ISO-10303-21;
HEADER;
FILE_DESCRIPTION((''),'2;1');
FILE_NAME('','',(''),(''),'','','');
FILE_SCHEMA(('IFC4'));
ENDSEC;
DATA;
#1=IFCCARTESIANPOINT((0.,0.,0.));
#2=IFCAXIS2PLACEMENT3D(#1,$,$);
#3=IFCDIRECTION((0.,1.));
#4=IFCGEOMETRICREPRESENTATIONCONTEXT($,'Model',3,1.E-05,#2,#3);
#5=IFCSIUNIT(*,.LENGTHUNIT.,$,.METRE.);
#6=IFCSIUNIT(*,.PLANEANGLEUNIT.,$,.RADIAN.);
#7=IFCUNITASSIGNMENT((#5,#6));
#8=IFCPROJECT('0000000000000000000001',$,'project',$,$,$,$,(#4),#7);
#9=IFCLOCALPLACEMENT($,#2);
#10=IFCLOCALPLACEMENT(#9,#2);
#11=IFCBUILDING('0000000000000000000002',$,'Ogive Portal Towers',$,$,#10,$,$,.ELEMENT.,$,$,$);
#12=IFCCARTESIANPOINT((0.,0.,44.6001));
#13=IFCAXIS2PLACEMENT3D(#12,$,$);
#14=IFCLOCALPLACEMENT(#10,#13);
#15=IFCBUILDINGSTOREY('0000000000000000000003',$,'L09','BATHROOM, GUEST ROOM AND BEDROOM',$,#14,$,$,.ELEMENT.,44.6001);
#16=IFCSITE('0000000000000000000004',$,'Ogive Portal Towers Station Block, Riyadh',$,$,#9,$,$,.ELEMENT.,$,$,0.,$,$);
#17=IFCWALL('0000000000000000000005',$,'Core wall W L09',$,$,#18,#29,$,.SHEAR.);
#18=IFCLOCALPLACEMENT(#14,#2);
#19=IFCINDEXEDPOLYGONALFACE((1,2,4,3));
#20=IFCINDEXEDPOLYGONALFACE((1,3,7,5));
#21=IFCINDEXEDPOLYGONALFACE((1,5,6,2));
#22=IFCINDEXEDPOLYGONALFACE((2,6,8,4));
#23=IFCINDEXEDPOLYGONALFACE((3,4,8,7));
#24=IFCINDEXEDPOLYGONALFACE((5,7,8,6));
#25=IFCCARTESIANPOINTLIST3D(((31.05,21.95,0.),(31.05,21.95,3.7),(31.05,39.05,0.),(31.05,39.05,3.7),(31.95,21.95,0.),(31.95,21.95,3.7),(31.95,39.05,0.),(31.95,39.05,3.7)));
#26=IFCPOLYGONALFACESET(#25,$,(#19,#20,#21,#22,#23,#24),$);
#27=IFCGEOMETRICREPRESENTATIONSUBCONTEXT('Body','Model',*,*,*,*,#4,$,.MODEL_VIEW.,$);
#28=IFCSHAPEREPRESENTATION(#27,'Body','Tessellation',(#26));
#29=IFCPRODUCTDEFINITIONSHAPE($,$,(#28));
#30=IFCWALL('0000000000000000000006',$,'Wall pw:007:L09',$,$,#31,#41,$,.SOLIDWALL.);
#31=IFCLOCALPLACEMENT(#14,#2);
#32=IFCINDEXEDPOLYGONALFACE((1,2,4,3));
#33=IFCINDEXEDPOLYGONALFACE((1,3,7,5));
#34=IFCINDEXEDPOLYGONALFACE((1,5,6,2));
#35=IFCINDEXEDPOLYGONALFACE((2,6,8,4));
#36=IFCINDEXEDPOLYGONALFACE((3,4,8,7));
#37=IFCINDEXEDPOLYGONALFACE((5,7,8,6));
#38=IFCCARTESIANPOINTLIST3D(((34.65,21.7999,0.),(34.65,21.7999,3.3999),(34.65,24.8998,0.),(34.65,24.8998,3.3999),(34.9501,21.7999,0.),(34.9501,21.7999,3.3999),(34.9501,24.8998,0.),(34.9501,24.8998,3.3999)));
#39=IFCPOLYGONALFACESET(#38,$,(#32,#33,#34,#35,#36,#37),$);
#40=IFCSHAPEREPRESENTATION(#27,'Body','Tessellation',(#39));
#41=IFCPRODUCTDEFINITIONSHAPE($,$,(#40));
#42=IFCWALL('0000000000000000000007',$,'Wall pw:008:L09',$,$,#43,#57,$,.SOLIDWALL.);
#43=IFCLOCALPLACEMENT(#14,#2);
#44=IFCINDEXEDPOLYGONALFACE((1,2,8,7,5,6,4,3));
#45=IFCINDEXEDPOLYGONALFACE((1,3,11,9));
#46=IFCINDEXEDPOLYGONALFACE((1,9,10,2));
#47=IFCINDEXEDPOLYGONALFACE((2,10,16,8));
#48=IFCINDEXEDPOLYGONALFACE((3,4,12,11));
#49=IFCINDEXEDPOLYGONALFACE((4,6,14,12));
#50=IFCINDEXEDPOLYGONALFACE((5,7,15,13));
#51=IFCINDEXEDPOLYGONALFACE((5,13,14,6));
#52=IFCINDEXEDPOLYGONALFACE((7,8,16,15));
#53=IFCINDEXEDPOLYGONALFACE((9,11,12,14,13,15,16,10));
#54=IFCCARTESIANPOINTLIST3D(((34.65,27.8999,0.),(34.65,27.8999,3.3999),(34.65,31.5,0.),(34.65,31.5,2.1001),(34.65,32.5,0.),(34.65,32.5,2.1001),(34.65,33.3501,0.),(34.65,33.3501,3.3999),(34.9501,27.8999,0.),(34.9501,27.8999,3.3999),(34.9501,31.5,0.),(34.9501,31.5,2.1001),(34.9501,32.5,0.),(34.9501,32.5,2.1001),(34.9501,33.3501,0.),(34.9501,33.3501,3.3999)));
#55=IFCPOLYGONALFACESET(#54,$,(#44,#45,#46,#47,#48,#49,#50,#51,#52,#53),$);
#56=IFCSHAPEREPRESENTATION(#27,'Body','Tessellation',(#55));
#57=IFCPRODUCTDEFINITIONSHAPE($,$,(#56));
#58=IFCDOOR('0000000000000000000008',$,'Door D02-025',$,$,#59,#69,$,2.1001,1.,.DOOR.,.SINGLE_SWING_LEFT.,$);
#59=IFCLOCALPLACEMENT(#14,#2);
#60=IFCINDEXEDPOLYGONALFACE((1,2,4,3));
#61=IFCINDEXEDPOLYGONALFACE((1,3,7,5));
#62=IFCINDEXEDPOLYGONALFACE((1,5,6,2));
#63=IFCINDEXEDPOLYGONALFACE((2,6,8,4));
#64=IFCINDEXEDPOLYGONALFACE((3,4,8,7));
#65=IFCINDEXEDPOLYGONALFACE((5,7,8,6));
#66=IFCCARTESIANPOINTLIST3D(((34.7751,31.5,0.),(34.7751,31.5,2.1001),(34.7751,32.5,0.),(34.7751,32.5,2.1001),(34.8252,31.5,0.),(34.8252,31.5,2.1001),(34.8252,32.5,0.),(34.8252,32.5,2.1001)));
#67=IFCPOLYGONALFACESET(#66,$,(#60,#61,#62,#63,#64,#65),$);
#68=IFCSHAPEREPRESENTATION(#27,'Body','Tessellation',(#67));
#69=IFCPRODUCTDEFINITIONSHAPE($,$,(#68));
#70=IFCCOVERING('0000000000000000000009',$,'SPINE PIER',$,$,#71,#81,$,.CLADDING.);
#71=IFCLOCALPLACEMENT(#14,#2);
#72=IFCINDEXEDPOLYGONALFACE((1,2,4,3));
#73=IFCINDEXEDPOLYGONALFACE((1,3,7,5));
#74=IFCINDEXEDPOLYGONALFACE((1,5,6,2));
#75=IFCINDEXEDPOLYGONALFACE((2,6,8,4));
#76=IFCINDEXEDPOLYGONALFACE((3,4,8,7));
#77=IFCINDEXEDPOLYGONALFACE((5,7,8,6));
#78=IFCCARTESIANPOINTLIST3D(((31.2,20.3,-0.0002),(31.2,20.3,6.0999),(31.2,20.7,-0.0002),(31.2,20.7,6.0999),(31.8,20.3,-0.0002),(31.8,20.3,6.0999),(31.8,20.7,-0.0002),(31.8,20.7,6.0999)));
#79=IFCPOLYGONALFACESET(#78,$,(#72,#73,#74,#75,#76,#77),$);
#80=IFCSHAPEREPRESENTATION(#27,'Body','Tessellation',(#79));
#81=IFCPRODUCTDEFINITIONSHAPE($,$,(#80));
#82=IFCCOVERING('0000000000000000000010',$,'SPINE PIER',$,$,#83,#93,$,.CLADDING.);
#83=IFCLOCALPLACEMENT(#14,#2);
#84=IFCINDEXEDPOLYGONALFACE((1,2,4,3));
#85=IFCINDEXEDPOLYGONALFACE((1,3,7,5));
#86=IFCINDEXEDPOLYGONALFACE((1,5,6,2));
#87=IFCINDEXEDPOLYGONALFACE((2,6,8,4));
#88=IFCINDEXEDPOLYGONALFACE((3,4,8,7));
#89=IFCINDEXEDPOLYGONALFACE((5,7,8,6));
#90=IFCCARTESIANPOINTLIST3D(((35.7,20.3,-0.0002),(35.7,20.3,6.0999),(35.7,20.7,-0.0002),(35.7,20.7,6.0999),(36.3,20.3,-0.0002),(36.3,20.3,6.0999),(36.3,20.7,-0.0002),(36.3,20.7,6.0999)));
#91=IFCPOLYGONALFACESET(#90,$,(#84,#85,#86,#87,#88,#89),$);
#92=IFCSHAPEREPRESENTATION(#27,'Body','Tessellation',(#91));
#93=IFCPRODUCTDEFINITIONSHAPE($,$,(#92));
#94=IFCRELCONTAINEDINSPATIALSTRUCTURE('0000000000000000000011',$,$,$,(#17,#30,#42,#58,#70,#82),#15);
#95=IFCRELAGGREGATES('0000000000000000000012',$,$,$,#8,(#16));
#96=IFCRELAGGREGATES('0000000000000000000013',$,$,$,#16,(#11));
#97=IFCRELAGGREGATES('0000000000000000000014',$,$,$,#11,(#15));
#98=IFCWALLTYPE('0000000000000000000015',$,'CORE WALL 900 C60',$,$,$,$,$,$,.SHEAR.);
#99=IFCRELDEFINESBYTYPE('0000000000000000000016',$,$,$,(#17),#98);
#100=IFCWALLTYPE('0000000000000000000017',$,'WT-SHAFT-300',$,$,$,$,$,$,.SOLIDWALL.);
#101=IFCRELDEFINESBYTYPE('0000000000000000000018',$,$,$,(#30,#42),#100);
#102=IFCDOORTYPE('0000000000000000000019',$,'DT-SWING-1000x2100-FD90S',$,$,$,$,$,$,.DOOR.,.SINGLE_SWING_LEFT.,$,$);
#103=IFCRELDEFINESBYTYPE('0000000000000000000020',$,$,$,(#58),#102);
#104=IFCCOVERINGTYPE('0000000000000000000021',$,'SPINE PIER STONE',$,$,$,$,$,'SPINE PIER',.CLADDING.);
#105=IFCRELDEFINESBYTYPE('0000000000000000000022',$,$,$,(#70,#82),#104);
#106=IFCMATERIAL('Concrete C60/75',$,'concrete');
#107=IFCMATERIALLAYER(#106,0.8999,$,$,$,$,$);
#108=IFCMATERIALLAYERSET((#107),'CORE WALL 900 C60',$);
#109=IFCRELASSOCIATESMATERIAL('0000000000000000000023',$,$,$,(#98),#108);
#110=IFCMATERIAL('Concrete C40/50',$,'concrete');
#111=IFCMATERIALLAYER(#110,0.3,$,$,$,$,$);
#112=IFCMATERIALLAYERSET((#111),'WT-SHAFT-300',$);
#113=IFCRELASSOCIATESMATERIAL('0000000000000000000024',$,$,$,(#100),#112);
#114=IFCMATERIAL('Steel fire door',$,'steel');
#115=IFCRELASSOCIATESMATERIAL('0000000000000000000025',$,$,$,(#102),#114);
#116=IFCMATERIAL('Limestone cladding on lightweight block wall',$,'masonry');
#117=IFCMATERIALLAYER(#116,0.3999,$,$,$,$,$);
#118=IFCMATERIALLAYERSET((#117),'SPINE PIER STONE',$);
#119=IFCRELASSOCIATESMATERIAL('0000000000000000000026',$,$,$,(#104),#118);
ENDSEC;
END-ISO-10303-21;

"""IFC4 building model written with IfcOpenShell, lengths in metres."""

from ifc_helpers import new_model, si_unit, direction, frame, frame_2d, origin, origin_2d, place, context, subcontext, project, spatial, rectangle, extrude, material, layer, layer_set, type_object, element, fill, save


model = new_model("IFC4")

# Units and contexts
model_context = context("Model", 3, precision=1e-05, world=origin(), true_north=direction((0.0, 1.0)))
body_context = subcontext(model_context, "Body", "Model", "MODEL_VIEW")
ifc_project = project(units=[si_unit("LENGTHUNIT", "METRE"), si_unit("PLANEANGLEUNIT", "RADIAN")], contexts=[model_context])

# Site, building, storey
site_placement = place(None, origin())
site = spatial("IfcSite", under=ifc_project, at=site_placement, Name="Ogive Portal Towers Station Block, Riyadh", CompositionType="ELEMENT", RefElevation=0.0)
building_placement = place(site_placement, origin())
building = spatial("IfcBuilding", under=site, at=building_placement, Name="Ogive Portal Towers", CompositionType="ELEMENT")
storey_placement = place(building_placement, frame((0.0, 0.0, 44.6001)))
storey = spatial("IfcBuildingStorey", under=building, at=storey_placement, Name="L09", Description="BATHROOM, GUEST ROOM AND BEDROOM", CompositionType="ELEMENT", Elevation=44.6001)

# Wall
ifc_material_1 = material(Name="Concrete C60/75", Category="concrete")
ifc_layer_1 = layer(ifc_material_1, 0.8999)
ifc_layer_set_1 = layer_set([ifc_layer_1], Name="CORE WALL 900 C60")
wall_type_1 = type_object("IfcWallType", Name="CORE WALL 900 C60", PredefinedType="SHEAR", material=ifc_layer_set_1)
wall_1_placement = place(storey_placement, frame((31.5, 21.95, 0.0), z_axis=(0.0, 0.0, 1.0), x_axis=(0.0, 1.0, 0.0)))
element("IfcWall", 1, at=wall_1_placement, inside=storey, type_object=wall_type_1, Name="Core wall W L09", PredefinedType="SHEAR", context=body_context, shape_type="SweptSolid", body=[
    extrude(rectangle(XDim=17.1001, YDim=0.8999, at=frame_2d((8.55, 0.0))), origin(), (0.0, 0.0, 1.0), 3.7),
])

# Shared definitions
ifc_material_2 = material(Name="Concrete C40/50", Category="concrete")
ifc_layer_2 = layer(ifc_material_2, 0.3)
ifc_layer_set_2 = layer_set([ifc_layer_2], Name="WT-SHAFT-300")
wall_type_2 = type_object("IfcWallType", Name="WT-SHAFT-300", PredefinedType="SOLIDWALL", material=ifc_layer_set_2)
ifc_material_3 = material(Name="Steel fire door", Category="steel")

# Wall
wall_2_placement = place(storey_placement, frame((34.8, 21.8, 0.0), z_axis=(0.0, 0.0, 1.0), x_axis=(0.0, 1.0, 0.0)))
element("IfcWall", 2, at=wall_2_placement, inside=storey, type_object=wall_type_2, Name="Wall pw:007:L09", PredefinedType="SOLIDWALL", context=body_context, shape_type="SweptSolid", body=[
    extrude(rectangle(XDim=3.0999, YDim=0.3, at=frame_2d((1.5498, 0.0))), origin(), (0.0, 0.0, 1.0), 3.3999),
])

# Wall, opening, door
wall_3_placement = place(storey_placement, frame((34.8, 27.8999, 0.0), z_axis=(0.0, 0.0, 1.0), x_axis=(0.0, 1.0, 0.0)))
wall_3 = element("IfcWall", 3, at=wall_3_placement, inside=storey, type_object=wall_type_2, Name="Wall pw:008:L09", PredefinedType="SOLIDWALL", context=body_context, shape_type="SweptSolid", body=[
    extrude(rectangle(XDim=5.4502, YDim=0.3, at=frame_2d((2.7251, 0.0))), origin(), (0.0, 0.0, 1.0), 3.3999),
])
opening_1_placement = place(wall_3_placement, frame((3.6001, 0.0, 0.0)))
opening_1 = element("IfcOpeningElement", 4, at=opening_1_placement, cuts=wall_3, PredefinedType="OPENING", context=body_context, shape_type="SweptSolid", body=[
    extrude(rectangle(XDim=1.0, YDim=2.1001, at=frame_2d((0.5, 1.05))), frame((0.0, 0.1602, 0.0), z_axis=(0.0, -1.0, 0.0), x_axis=(1.0, 0.0, 0.0)), (0.0, 0.0, 1.0), 0.3201),
])
door_type_1 = type_object("IfcDoorType", Name="DT-SWING-1000x2100-FD90S", OperationType="SINGLE_SWING_LEFT", PredefinedType="DOOR", material=ifc_material_3)
door_1_placement = place(opening_1_placement, origin())
door_1 = element("IfcDoor", 5, at=door_1_placement, inside=storey, type_object=door_type_1, Name="Door D02-025", OperationType="SINGLE_SWING_LEFT", OverallHeight=2.1001, OverallWidth=1.0, PredefinedType="DOOR", context=body_context, shape_type="SweptSolid", body=[
    extrude(rectangle(XDim=1.0, YDim=2.1001, at=frame_2d((0.5, 1.05))), frame((0.0, 0.0249, 0.0), z_axis=(0.0, -1.0, 0.0), x_axis=(1.0, 0.0, 0.0)), (0.0, 0.0, 1.0), 0.05),
])
fill(opening_1, door_1)

# Coverings
ifc_material_4 = material(Name="Limestone cladding on lightweight block wall", Category="masonry")
ifc_layer_3 = layer(ifc_material_4, 0.3999)
ifc_layer_set_3 = layer_set([ifc_layer_3], Name="SPINE PIER STONE")
covering_type = type_object("IfcCoveringType", Name="SPINE PIER STONE", ElementType="SPINE PIER", PredefinedType="CLADDING", material=ifc_layer_set_3)
for number, where, z_axis, x_axis, name in (
    (6, (31.5, 20.5, -0.0002), (0.0, 0.0, 1.0), (1.0, 0.0, 0.0), "SPINE PIER"),
    (7, (36.0, 20.5, -0.0002), (0.0, 0.0, 1.0), (1.0, 0.0, 0.0), "SPINE PIER"),
):
    element("IfcCovering", number, at=place(storey_placement, frame(where, z_axis=z_axis, x_axis=x_axis)), inside=storey, type_object=covering_type, Name=name, PredefinedType="CLADDING", context=body_context, shape_type="SweptSolid", body=[
        extrude(rectangle(XDim=0.6001, YDim=0.3999, at=origin_2d()), origin(), (0.0, 0.0, 1.0), 6.1001),
    ])

save(model, "model.ifc")
